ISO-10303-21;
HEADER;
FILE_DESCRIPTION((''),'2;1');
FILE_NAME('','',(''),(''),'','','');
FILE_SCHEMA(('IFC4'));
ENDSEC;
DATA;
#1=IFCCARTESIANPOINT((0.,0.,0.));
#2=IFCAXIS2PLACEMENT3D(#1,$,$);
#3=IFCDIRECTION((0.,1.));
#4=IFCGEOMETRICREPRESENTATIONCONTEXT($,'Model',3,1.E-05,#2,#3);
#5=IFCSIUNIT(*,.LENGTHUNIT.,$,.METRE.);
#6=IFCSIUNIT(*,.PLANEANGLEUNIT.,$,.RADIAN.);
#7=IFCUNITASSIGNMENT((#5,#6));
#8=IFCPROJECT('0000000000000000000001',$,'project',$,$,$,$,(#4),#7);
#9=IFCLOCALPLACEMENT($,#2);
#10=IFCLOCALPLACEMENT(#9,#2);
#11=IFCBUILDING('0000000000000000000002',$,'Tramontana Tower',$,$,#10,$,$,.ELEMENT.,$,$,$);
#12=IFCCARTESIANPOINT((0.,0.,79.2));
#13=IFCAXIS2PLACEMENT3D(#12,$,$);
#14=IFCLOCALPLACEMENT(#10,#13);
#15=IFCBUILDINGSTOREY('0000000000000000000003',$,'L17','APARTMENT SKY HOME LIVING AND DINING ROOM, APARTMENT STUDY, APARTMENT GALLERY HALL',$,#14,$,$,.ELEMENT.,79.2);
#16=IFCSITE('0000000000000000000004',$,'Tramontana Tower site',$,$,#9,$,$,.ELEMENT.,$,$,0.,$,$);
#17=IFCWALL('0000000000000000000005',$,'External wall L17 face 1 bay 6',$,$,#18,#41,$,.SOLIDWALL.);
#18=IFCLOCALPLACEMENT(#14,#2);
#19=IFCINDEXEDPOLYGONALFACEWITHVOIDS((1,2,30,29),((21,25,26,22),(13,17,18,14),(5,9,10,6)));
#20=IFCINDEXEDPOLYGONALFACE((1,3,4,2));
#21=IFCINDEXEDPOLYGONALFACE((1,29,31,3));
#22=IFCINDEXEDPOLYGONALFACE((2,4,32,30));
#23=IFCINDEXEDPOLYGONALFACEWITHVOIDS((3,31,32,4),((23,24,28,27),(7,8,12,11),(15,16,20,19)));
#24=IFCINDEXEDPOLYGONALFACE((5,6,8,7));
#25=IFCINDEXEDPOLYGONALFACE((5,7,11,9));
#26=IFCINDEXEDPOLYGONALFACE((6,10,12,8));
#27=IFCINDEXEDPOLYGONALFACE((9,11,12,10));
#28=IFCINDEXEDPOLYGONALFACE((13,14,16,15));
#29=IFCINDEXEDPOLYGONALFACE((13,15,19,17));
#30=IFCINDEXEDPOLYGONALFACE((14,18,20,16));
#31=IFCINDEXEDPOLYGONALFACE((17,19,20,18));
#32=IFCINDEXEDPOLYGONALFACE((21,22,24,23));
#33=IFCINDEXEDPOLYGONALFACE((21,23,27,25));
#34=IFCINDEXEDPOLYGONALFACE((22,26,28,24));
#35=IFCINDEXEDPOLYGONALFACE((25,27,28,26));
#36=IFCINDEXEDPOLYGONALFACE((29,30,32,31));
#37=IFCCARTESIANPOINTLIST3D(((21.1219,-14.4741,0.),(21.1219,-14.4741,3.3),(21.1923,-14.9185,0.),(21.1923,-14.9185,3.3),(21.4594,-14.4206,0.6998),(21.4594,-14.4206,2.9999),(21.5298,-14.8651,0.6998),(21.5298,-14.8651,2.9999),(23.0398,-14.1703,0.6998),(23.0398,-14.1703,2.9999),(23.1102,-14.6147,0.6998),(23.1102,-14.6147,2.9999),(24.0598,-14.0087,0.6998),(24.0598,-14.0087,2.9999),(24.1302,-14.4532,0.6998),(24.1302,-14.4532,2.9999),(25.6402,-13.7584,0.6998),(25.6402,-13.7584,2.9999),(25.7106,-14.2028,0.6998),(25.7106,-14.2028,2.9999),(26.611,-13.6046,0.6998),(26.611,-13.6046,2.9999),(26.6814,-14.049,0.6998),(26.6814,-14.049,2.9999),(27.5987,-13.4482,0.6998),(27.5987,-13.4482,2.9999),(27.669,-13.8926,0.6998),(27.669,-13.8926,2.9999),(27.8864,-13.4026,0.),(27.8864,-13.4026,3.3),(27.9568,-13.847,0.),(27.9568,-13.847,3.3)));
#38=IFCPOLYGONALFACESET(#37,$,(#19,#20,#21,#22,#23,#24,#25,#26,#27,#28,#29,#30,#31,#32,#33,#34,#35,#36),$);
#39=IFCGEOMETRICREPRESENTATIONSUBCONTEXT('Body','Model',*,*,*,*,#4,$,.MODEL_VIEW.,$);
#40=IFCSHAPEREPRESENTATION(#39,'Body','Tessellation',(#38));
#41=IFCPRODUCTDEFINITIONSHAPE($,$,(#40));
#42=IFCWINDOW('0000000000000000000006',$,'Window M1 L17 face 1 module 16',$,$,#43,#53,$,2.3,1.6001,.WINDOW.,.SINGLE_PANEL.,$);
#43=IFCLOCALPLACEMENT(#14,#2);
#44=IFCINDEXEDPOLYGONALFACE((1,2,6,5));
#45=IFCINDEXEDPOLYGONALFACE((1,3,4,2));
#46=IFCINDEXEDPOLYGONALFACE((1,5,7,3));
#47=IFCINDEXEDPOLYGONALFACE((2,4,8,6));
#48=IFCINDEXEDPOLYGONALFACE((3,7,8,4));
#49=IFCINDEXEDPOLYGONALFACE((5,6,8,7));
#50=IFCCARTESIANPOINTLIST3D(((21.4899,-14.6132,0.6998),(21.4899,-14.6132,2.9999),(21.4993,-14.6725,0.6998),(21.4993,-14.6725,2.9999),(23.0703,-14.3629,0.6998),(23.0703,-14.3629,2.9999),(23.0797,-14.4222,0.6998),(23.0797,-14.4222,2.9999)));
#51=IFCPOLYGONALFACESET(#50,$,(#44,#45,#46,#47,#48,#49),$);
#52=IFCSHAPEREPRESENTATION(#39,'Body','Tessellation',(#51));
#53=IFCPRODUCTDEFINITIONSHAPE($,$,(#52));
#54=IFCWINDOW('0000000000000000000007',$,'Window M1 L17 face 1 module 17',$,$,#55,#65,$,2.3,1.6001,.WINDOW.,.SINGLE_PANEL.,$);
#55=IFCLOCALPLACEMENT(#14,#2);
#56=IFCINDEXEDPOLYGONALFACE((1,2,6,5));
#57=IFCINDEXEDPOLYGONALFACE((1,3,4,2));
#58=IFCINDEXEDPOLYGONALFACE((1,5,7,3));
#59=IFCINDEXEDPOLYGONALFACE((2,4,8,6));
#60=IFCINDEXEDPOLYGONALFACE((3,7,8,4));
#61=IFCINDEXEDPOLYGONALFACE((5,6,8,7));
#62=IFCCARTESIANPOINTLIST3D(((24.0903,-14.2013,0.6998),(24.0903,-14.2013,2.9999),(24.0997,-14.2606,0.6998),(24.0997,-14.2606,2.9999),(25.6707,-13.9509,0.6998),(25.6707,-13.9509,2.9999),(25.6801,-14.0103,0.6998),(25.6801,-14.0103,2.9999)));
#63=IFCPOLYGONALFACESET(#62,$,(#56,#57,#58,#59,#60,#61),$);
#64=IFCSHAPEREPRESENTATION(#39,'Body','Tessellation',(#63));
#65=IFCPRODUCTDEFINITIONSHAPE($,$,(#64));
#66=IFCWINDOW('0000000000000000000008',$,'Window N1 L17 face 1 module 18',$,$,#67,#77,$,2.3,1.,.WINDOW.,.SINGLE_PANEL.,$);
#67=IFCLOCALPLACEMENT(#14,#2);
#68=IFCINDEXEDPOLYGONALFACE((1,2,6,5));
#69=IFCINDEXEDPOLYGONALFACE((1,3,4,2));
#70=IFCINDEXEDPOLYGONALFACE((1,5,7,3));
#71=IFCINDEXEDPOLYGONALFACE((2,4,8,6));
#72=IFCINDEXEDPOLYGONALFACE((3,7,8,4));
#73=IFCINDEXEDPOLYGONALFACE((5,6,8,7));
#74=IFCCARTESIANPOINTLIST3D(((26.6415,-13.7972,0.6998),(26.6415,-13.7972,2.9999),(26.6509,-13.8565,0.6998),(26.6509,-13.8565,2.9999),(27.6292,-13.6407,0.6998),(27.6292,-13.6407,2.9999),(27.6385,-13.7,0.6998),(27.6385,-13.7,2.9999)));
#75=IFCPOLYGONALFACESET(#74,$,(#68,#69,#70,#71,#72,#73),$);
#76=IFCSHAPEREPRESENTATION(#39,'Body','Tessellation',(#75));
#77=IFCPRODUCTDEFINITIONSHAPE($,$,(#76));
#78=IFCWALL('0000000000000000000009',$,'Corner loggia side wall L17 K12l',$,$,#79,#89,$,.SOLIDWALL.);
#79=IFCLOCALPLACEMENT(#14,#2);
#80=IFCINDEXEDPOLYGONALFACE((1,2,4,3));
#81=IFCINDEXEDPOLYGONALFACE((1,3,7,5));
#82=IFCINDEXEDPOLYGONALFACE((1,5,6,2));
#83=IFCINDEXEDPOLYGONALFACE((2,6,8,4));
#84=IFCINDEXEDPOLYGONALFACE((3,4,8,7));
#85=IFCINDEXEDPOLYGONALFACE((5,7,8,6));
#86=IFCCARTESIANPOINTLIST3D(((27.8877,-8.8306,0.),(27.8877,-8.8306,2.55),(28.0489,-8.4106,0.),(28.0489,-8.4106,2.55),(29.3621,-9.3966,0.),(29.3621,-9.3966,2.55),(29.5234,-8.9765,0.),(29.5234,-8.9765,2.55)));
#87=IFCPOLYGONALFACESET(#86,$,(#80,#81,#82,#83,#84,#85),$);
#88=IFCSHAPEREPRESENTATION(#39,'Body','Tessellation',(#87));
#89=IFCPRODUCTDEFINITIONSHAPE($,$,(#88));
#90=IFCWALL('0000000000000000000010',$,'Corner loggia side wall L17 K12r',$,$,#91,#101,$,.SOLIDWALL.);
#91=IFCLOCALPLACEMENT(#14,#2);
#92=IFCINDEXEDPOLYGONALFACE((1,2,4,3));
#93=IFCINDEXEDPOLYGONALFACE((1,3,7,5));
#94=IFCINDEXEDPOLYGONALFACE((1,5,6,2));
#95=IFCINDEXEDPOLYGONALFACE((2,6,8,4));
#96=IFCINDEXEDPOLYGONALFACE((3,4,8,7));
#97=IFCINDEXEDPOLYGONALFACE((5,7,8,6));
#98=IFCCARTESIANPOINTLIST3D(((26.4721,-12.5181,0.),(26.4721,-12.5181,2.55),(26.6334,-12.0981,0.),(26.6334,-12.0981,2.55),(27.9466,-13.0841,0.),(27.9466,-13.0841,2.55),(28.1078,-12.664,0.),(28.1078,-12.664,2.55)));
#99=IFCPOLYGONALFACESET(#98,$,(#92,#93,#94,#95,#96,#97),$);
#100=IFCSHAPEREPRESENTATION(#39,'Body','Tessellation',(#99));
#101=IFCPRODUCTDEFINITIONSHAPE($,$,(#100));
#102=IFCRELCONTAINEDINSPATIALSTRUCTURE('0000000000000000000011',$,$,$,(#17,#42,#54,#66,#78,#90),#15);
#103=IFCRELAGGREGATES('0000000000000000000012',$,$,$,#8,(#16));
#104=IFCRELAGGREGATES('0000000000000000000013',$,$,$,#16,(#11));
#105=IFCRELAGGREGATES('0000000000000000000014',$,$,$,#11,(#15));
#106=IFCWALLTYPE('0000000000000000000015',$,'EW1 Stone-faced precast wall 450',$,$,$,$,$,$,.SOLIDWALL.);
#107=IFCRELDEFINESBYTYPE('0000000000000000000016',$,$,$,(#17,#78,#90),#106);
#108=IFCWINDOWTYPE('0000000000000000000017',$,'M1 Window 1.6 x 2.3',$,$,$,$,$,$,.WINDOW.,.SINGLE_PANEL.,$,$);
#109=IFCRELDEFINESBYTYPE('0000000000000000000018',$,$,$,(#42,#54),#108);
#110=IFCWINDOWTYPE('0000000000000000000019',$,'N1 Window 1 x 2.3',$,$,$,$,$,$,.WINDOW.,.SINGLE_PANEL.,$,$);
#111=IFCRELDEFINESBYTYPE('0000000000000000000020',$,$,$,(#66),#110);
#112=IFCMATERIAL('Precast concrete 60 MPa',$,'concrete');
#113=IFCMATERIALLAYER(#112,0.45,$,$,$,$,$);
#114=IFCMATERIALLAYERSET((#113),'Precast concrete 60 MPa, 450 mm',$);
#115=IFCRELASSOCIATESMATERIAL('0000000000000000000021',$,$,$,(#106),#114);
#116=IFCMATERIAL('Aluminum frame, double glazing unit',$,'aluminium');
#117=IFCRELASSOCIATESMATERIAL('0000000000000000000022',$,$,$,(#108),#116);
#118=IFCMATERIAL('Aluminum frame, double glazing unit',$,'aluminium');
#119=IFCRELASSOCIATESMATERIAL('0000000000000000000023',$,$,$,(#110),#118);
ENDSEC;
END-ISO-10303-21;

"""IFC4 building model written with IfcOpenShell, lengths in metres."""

from ifc_helpers import new_model, si_unit, direction, frame, frame_2d, origin, place, context, subcontext, project, spatial, rectangle, extrude, material, layer, layer_set, type_object, element, fill, save


model = new_model("IFC4")

# Units and contexts
model_context = context("Model", 3, precision=1e-05, world=origin(), true_north=direction((0.0, 1.0)))
body_context = subcontext(model_context, "Body", "Model", "MODEL_VIEW")
ifc_project = project(units=[si_unit("LENGTHUNIT", "METRE"), si_unit("PLANEANGLEUNIT", "RADIAN")], contexts=[model_context])

# Site, building, storey
site_placement = place(None, origin())
site = spatial("IfcSite", under=ifc_project, at=site_placement, Name="Tramontana Tower site", CompositionType="ELEMENT", RefElevation=0.0)
building_placement = place(site_placement, origin())
building = spatial("IfcBuilding", under=site, at=building_placement, Name="Tramontana Tower", CompositionType="ELEMENT")
storey_placement = place(building_placement, frame((0.0, 0.0, 79.2)))
storey = spatial("IfcBuildingStorey", under=building, at=storey_placement, Name="L17", Description="APARTMENT SKY HOME LIVING AND DINING ROOM, APARTMENT STUDY, APARTMENT GALLERY HALL", CompositionType="ELEMENT", Elevation=79.2)

# Wall, openings, windows
ifc_material_1 = material(Name="Precast concrete 60 MPa", Category="concrete")
ifc_layer = layer(ifc_material_1, 0.45)
ifc_layer_set = layer_set([ifc_layer], Name="Precast concrete 60 MPa, 450 mm")
wall_type = type_object("IfcWallType", Name="EW1 Stone-faced precast wall 450", PredefinedType="SOLIDWALL", material=ifc_layer_set)
wall_placement = place(storey_placement, frame((21.1572, -14.6963, 0.0), z_axis=(0.0, 0.0, 1.0), x_axis=(0.987686, 0.156451, 0.0)))
wall = element("IfcWall", 1, at=wall_placement, inside=storey, type_object=wall_type, Name="External wall L17 face 1 bay 6", PredefinedType="SOLIDWALL", context=body_context, shape_type="SweptSolid", body=[
    extrude(rectangle(XDim=6.8489, YDim=0.45, at=frame_2d((3.4243, 0.0))), origin(), (0.0, 0.0, 1.0), 3.3),
])
opening_1_placement = place(wall_placement, frame((0.3416, 0.0, 0.7)))
opening_1 = element("IfcOpeningElement", 2, at=opening_1_placement, cuts=wall, PredefinedType="OPENING", context=body_context, shape_type="SweptSolid", body=[
    extrude(rectangle(XDim=1.6001, YDim=2.3, at=frame_2d((0.8, 1.1499))), frame((0.0, 0.2349, 0.0), z_axis=(0.0, -1.0, 0.0), x_axis=(1.0, 0.0, 0.0)), (0.0, 0.0, 1.0), 0.47),
])
opening_2_placement = place(wall_placement, frame((2.9744, 0.0, 0.7)))
opening_2 = element("IfcOpeningElement", 3, at=opening_2_placement, cuts=wall, PredefinedType="OPENING", context=body_context, shape_type="SweptSolid", body=[
    extrude(rectangle(XDim=1.6001, YDim=2.3, at=frame_2d((0.8, 1.1499))), frame((0.0, 0.2349, 0.0), z_axis=(0.0, -1.0, 0.0), x_axis=(1.0, 0.0, 0.0)), (0.0, 0.0, 1.0), 0.47),
])
opening_3_placement = place(wall_placement, frame((5.5574, 0.0, 0.7)))
opening_3 = element("IfcOpeningElement", 4, at=opening_3_placement, cuts=wall, PredefinedType="OPENING", context=body_context, shape_type="SweptSolid", body=[
    extrude(rectangle(XDim=1.0, YDim=2.3, at=frame_2d((0.5, 1.1499))), frame((0.0, 0.2349, 0.0), z_axis=(0.0, -1.0, 0.0), x_axis=(1.0, 0.0, 0.0)), (0.0, 0.0, 1.0), 0.47),
])
ifc_material_2 = material(Name="Aluminum frame, double glazing unit", Category="aluminium")
window_type_1 = type_object("IfcWindowType", Name="M1 Window 1.6 x 2.3", PartitioningType="SINGLE_PANEL", PredefinedType="WINDOW", material=ifc_material_2)
window_1_placement = place(opening_1_placement, origin())
window_1 = element("IfcWindow", 5, at=window_1_placement, inside=storey, type_object=window_type_1, Name="Window M1 L17 face 1 module 16", OverallHeight=2.3, OverallWidth=1.6001, PartitioningType="SINGLE_PANEL", PredefinedType="WINDOW", context=body_context, shape_type="SweptSolid", body=[
    extrude(rectangle(XDim=1.6001, YDim=2.3, at=frame_2d((0.8, 1.1499))), frame((0.0, 0.03, 0.0), z_axis=(0.0, -1.0, 0.0), x_axis=(1.0, 0.0, 0.0)), (0.0, 0.0, 1.0), 0.0601),
])
fill(opening_1, window_1)
window_2_placement = place(opening_2_placement, origin())
window_2 = element("IfcWindow", 6, at=window_2_placement, inside=storey, type_object=window_type_1, Name="Window M1 L17 face 1 module 17", OverallHeight=2.3, OverallWidth=1.6001, PartitioningType="SINGLE_PANEL", PredefinedType="WINDOW", context=body_context, shape_type="SweptSolid", body=[
    extrude(rectangle(XDim=1.6001, YDim=2.3, at=frame_2d((0.8, 1.1499))), frame((0.0, 0.03, 0.0), z_axis=(0.0, -1.0, 0.0), x_axis=(1.0, 0.0, 0.0)), (0.0, 0.0, 1.0), 0.0601),
])
fill(opening_2, window_2)
ifc_material_3 = material(Name="Aluminum frame, double glazing unit", Category="aluminium")
window_type_2 = type_object("IfcWindowType", Name="N1 Window 1 x 2.3", PartitioningType="SINGLE_PANEL", PredefinedType="WINDOW", material=ifc_material_3)
window_3_placement = place(opening_3_placement, origin())
window_3 = element("IfcWindow", 7, at=window_3_placement, inside=storey, type_object=window_type_2, Name="Window N1 L17 face 1 module 18", OverallHeight=2.3, OverallWidth=1.0, PartitioningType="SINGLE_PANEL", PredefinedType="WINDOW", context=body_context, shape_type="SweptSolid", body=[
    extrude(rectangle(XDim=1.0, YDim=2.3, at=frame_2d((0.5, 1.1499))), frame((0.0, 0.03, 0.0), z_axis=(0.0, -1.0, 0.0), x_axis=(1.0, 0.0, 0.0)), (0.0, 0.0, 1.0), 0.0601),
])
fill(opening_3, window_3)

# Walls
for number, where, z_axis, x_axis, name in (
    (8, (29.4426, -9.1865, 0.0), (0.0, 0.0, 1.0), (-0.933588, 0.358347, 0.0), "Corner loggia side wall L17 K12l"),
    (9, (28.0271, -12.874, 0.0), (0.0, 0.0, 1.0), (-0.933588, 0.358347, 0.0), "Corner loggia side wall L17 K12r"),
):
    element("IfcWall", number, at=place(storey_placement, frame(where, z_axis=z_axis, x_axis=x_axis)), inside=storey, type_object=wall_type, Name=name, PredefinedType="SOLIDWALL", context=body_context, shape_type="SweptSolid", body=[
        extrude(rectangle(XDim=1.5793, YDim=0.45, at=frame_2d((0.7896, 0.0))), origin(), (0.0, 0.0, 1.0), 2.55),
    ])

save(model, "model.ifc")
